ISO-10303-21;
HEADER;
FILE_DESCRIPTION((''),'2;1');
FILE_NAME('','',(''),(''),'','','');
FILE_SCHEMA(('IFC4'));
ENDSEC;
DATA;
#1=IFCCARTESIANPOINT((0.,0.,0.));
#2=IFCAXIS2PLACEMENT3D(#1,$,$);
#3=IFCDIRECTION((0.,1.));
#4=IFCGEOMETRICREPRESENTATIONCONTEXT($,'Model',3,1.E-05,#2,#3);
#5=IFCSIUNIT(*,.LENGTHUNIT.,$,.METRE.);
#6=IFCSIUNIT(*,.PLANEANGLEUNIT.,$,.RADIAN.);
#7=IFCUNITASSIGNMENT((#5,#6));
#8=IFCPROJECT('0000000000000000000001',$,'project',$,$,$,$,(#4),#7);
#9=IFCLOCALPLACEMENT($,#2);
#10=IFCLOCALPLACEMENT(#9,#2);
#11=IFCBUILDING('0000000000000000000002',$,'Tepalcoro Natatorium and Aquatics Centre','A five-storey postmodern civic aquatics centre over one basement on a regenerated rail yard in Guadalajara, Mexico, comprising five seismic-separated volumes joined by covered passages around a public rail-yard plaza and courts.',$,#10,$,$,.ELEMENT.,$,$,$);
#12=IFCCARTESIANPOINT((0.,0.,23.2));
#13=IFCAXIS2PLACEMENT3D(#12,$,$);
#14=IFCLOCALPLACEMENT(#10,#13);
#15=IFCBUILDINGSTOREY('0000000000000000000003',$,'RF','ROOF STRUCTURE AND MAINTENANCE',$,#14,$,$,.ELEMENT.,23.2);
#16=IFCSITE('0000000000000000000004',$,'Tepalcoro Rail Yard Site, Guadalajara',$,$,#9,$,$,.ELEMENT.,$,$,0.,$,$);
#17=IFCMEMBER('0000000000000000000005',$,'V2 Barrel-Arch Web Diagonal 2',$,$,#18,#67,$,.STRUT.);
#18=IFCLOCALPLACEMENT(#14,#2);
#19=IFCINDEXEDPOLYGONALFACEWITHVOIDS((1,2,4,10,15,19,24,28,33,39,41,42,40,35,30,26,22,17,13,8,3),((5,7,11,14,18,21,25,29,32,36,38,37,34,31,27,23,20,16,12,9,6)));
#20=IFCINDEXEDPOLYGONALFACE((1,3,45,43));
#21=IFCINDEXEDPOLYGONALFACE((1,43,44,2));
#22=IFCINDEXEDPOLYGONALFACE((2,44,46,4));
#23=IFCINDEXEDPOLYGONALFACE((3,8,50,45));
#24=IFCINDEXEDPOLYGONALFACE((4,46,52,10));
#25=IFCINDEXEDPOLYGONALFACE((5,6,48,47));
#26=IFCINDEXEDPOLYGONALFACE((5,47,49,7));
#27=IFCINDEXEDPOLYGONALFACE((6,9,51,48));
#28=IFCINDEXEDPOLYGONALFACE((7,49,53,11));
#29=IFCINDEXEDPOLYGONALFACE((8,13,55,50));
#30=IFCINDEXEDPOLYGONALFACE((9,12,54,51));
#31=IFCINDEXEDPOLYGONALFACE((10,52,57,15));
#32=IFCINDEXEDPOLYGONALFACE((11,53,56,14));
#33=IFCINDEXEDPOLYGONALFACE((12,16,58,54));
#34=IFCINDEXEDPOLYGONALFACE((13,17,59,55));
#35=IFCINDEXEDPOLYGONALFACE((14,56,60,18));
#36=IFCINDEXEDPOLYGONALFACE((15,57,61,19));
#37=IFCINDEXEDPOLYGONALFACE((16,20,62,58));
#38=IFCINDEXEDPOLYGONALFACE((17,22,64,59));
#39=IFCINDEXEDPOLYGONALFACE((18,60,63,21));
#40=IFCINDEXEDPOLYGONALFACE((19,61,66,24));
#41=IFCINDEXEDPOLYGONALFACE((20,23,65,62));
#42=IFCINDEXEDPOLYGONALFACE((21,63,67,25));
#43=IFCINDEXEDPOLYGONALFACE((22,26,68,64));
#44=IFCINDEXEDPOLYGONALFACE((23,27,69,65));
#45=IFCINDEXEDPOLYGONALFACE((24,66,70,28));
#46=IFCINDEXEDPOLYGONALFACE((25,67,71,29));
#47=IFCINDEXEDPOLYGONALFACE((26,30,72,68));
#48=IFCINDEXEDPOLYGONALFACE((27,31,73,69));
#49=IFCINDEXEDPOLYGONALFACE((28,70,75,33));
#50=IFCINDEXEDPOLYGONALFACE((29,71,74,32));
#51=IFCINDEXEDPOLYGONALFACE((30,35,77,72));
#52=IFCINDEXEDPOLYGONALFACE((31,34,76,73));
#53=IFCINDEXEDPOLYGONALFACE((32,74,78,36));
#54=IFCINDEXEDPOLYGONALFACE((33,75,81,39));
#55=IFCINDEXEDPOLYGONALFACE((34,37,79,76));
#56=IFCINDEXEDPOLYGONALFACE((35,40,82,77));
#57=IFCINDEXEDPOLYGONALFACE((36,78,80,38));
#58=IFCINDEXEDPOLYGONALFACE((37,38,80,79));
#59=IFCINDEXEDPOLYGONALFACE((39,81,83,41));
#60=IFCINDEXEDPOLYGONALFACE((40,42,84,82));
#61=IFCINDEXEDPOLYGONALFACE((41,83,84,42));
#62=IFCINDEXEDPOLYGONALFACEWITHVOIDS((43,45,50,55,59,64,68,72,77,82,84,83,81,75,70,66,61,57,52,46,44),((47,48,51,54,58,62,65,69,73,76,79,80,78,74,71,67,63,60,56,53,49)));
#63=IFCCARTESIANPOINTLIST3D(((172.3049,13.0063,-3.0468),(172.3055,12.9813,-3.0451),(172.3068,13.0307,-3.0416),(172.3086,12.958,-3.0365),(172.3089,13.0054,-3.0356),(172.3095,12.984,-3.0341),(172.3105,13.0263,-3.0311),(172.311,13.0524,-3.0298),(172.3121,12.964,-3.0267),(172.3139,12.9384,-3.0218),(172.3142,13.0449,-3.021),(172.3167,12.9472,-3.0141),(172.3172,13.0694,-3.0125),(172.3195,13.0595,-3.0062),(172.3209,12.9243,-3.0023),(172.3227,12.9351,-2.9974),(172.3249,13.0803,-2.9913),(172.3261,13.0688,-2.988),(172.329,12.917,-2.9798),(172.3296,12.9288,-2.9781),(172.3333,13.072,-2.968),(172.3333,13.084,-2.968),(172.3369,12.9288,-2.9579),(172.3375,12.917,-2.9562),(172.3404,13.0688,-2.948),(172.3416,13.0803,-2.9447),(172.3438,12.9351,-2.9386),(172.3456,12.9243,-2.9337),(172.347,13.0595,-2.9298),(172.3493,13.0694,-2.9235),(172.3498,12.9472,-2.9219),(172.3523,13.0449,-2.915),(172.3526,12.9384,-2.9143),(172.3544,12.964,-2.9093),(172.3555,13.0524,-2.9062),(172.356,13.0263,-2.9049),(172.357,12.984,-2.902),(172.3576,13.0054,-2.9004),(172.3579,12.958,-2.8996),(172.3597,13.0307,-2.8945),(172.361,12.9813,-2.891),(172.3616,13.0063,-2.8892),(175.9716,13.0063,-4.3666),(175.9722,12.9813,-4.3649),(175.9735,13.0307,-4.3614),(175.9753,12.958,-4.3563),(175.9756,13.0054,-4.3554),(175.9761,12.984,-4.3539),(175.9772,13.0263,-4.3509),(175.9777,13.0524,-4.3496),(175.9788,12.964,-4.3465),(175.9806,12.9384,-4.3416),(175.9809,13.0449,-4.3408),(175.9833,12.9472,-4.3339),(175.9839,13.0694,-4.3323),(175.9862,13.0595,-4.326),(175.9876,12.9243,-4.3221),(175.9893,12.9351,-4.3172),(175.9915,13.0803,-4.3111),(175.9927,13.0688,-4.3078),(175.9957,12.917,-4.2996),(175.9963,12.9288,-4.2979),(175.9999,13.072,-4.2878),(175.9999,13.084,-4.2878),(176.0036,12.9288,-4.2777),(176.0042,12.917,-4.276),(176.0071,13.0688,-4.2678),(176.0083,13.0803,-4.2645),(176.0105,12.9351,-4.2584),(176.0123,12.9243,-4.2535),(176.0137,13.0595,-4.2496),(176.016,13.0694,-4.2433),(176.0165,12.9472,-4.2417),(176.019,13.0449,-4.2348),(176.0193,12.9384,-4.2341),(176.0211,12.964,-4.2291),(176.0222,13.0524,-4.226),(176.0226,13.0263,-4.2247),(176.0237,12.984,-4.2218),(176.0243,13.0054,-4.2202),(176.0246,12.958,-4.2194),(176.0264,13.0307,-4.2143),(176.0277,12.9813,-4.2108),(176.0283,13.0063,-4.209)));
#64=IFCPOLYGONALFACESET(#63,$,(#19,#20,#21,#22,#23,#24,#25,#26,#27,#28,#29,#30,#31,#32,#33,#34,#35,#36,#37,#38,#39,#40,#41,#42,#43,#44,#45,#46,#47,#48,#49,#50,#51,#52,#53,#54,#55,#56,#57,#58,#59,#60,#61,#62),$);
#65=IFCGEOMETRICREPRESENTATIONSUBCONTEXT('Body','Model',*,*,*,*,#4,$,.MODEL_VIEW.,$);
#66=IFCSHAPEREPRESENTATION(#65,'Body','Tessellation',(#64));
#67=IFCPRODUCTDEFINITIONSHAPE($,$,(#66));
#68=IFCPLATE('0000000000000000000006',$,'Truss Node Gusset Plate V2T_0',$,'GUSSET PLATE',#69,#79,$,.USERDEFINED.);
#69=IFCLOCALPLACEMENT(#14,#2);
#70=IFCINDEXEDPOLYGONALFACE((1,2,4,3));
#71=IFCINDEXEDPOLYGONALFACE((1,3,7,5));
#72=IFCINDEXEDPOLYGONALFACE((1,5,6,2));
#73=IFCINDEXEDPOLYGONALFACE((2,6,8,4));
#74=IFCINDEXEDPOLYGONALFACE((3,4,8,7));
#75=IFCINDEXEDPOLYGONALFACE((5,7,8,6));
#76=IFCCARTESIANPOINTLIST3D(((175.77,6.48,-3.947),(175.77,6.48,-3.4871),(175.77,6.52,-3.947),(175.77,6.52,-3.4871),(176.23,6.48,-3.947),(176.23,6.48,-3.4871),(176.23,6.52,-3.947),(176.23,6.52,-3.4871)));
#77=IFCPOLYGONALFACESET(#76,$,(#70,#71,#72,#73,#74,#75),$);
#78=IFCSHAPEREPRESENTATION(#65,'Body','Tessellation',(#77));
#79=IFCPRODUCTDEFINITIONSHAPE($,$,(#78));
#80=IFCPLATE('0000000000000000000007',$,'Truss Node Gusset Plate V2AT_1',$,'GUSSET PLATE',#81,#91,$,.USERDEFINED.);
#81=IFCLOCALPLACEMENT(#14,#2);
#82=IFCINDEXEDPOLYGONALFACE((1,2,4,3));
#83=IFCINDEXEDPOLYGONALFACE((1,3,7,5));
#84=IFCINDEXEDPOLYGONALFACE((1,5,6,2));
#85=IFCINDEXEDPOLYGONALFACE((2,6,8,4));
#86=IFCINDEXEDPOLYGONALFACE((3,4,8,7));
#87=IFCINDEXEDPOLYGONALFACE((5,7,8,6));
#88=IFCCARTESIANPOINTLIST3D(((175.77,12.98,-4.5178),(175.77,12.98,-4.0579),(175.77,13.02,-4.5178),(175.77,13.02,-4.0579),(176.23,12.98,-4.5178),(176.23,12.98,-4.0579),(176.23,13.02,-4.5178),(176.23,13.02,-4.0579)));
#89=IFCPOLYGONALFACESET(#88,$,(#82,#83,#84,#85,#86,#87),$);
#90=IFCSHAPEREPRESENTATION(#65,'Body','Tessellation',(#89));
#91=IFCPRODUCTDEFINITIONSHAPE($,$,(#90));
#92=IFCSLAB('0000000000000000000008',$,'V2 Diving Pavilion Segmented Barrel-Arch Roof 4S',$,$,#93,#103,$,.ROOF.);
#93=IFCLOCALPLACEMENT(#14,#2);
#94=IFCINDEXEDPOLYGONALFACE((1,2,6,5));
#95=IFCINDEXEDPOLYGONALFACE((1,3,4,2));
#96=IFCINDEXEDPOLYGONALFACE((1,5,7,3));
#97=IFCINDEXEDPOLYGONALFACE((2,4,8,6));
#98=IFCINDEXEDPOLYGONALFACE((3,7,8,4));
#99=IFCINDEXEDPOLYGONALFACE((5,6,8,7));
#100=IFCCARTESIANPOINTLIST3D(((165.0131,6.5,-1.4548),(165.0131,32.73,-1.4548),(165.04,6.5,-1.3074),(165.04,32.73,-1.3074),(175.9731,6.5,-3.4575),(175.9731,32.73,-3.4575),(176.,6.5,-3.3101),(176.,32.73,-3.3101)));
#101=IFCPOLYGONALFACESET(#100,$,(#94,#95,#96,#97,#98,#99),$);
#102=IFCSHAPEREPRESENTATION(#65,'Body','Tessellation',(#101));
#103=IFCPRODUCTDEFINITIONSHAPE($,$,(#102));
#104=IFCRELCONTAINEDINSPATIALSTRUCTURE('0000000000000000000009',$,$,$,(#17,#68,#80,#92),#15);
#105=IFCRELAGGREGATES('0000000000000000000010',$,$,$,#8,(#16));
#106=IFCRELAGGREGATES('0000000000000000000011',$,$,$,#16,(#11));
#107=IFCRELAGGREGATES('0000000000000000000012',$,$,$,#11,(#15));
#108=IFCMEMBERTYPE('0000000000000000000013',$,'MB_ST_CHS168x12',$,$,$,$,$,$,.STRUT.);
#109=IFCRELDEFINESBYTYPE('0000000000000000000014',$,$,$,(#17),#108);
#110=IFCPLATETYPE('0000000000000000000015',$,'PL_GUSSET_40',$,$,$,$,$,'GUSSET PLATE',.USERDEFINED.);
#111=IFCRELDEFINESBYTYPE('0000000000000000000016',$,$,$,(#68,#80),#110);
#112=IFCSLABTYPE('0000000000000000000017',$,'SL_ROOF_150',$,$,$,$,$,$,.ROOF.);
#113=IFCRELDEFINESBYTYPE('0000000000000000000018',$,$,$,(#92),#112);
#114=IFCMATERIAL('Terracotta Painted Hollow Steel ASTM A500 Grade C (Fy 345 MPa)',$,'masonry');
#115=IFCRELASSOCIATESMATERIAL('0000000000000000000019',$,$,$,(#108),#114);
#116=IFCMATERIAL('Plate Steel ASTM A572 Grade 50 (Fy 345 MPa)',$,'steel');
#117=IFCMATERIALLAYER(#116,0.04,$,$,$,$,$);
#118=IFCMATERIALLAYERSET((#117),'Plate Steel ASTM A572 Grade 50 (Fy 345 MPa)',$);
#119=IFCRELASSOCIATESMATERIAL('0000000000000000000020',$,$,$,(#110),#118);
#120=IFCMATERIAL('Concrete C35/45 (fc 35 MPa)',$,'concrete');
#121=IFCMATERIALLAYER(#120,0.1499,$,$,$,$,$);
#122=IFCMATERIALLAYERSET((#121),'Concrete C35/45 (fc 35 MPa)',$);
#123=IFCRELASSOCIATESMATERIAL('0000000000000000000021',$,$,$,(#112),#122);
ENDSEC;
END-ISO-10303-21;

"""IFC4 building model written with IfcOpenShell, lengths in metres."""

from ifc_helpers import new_model, si_unit, direction, frame, origin, origin_2d, place, context, subcontext, project, spatial, polyline, rectangle, hollow_circle, outline, extrude, material, layer, layer_set, material_profile, profile_set, type_object, element, save


model = new_model("IFC4")

# Units and contexts
model_context = context("Model", 3, precision=1e-05, world=origin(), true_north=direction((0.0, 1.0)))
body_context = subcontext(model_context, "Body", "Model", "MODEL_VIEW")
ifc_project = project(units=[si_unit("LENGTHUNIT", "METRE"), si_unit("PLANEANGLEUNIT", "RADIAN")], contexts=[model_context])

# Site, building, storey
site_placement = place(None, origin())
site = spatial("IfcSite", under=ifc_project, at=site_placement, Name="Tepalcoro Rail Yard Site, Guadalajara", CompositionType="ELEMENT", RefElevation=0.0)
building_placement = place(site_placement, origin())
building = spatial("IfcBuilding", under=site, at=building_placement, Name="Tepalcoro Natatorium and Aquatics Centre", Description="A five-storey postmodern civic aquatics centre over one basement on a regenerated rail yard in Guadalajara, Mexico, comprising five seismic-separated volumes joined by covered passages around a public rail-yard plaza and courts.", CompositionType="ELEMENT")
storey_placement = place(building_placement, frame((0.0, 0.0, 23.2)))
storey = spatial("IfcBuildingStorey", under=building, at=storey_placement, Name="RF", Description="ROOF STRUCTURE AND MAINTENANCE", CompositionType="ELEMENT", Elevation=23.2)

# Shared definitions
ifc_material_1 = material(Name="Terracotta Painted Hollow Steel ASTM A500 Grade C (Fy 345 MPa)", Category="masonry")

# Member
ifc_material_profile_1 = material_profile(ifc_material_1, hollow_circle(Radius=0.084, WallThickness=0.012, at=origin_2d()), Name="CHS168X12")
ifc_profile_set_1 = profile_set([ifc_material_profile_1], Name="Terracotta Painted Hollow Steel ASTM A500 Grade C (Fy 345 MPa)")
member_type_1 = type_object("IfcMemberType", Name="MB_ST_CHS168x12", PredefinedType="STRUT", material=ifc_profile_set_1)
member_1_placement = place(storey_placement, frame((172.3333, 13.0, -2.968), z_axis=(0.940904, 0.0, -0.338673), x_axis=(0.0, 1.0, 0.0)))
element("IfcMember", 1, at=member_1_placement, inside=storey, type_object=member_type_1, Name="V2 Barrel-Arch Web Diagonal 2", PredefinedType="STRUT", context=body_context, shape_type="SweptSolid", body=[
    extrude(hollow_circle(Radius=0.084, WallThickness=0.012, at=origin_2d()), origin(), (0.0, 0.0, 1.0), 3.897),
])

# Plates
ifc_material_2 = material(Name="Plate Steel ASTM A572 Grade 50 (Fy 345 MPa)", Category="steel")
ifc_layer_1 = layer(ifc_material_2, 0.04)
ifc_layer_set_1 = layer_set([ifc_layer_1], Name="Plate Steel ASTM A572 Grade 50 (Fy 345 MPa)")
plate_type = type_object("IfcPlateType", Name="PL_GUSSET_40", ElementType="GUSSET PLATE", PredefinedType="USERDEFINED", material=ifc_layer_set_1)
for number, where, z_axis, x_axis, name in (
    (2, (176.0, 6.5, -3.947), (0.0, 0.0, 1.0), (1.0, 0.0, 0.0), "Truss Node Gusset Plate V2T_0"),
    (3, (176.0, 13.0, -4.5178), (0.0, 0.0, 1.0), (1.0, 0.0, 0.0), "Truss Node Gusset Plate V2AT_1"),
):
    element("IfcPlate", number, at=place(storey_placement, frame(where, z_axis=z_axis, x_axis=x_axis)), inside=storey, type_object=plate_type, Name=name, ObjectType="GUSSET PLATE", PredefinedType="USERDEFINED", context=body_context, shape_type="SweptSolid", body=[
        extrude(rectangle(XDim=0.46, YDim=0.04, at=origin_2d()), origin(), (0.0, 0.0, 1.0), 0.46),
    ])

# Slab
ifc_material_3 = material(Name="Concrete C35/45 (fc 35 MPa)", Category="concrete")
ifc_layer_2 = layer(ifc_material_3, 0.1499)
ifc_layer_set_2 = layer_set([ifc_layer_2], Name="Concrete C35/45 (fc 35 MPa)")
slab_type = type_object("IfcSlabType", Name="SL_ROOF_150", PredefinedType="ROOF", material=ifc_layer_set_2)
slab_placement = place(storey_placement, frame((165.04, 6.5, -1.3074), z_axis=(0.179751, 0.0, 0.983712), x_axis=(0.983712, 0.0, -0.179751)))
element("IfcSlab", 4, at=slab_placement, inside=storey, type_object=slab_type, Name="V2 Diving Pavilion Segmented Barrel-Arch Roof 4S", PredefinedType="ROOF", context=body_context, shape_type="SweptSolid", body=[
    extrude(outline(polyline([(0.0, 0.0), (11.1414, 0.0), (11.1414, 26.23), (0.0, 26.23), (0.0, 0.0)])), origin(), (0.0, 0.0, -1.0), 0.1499),
])

save(model, "model.ifc")
